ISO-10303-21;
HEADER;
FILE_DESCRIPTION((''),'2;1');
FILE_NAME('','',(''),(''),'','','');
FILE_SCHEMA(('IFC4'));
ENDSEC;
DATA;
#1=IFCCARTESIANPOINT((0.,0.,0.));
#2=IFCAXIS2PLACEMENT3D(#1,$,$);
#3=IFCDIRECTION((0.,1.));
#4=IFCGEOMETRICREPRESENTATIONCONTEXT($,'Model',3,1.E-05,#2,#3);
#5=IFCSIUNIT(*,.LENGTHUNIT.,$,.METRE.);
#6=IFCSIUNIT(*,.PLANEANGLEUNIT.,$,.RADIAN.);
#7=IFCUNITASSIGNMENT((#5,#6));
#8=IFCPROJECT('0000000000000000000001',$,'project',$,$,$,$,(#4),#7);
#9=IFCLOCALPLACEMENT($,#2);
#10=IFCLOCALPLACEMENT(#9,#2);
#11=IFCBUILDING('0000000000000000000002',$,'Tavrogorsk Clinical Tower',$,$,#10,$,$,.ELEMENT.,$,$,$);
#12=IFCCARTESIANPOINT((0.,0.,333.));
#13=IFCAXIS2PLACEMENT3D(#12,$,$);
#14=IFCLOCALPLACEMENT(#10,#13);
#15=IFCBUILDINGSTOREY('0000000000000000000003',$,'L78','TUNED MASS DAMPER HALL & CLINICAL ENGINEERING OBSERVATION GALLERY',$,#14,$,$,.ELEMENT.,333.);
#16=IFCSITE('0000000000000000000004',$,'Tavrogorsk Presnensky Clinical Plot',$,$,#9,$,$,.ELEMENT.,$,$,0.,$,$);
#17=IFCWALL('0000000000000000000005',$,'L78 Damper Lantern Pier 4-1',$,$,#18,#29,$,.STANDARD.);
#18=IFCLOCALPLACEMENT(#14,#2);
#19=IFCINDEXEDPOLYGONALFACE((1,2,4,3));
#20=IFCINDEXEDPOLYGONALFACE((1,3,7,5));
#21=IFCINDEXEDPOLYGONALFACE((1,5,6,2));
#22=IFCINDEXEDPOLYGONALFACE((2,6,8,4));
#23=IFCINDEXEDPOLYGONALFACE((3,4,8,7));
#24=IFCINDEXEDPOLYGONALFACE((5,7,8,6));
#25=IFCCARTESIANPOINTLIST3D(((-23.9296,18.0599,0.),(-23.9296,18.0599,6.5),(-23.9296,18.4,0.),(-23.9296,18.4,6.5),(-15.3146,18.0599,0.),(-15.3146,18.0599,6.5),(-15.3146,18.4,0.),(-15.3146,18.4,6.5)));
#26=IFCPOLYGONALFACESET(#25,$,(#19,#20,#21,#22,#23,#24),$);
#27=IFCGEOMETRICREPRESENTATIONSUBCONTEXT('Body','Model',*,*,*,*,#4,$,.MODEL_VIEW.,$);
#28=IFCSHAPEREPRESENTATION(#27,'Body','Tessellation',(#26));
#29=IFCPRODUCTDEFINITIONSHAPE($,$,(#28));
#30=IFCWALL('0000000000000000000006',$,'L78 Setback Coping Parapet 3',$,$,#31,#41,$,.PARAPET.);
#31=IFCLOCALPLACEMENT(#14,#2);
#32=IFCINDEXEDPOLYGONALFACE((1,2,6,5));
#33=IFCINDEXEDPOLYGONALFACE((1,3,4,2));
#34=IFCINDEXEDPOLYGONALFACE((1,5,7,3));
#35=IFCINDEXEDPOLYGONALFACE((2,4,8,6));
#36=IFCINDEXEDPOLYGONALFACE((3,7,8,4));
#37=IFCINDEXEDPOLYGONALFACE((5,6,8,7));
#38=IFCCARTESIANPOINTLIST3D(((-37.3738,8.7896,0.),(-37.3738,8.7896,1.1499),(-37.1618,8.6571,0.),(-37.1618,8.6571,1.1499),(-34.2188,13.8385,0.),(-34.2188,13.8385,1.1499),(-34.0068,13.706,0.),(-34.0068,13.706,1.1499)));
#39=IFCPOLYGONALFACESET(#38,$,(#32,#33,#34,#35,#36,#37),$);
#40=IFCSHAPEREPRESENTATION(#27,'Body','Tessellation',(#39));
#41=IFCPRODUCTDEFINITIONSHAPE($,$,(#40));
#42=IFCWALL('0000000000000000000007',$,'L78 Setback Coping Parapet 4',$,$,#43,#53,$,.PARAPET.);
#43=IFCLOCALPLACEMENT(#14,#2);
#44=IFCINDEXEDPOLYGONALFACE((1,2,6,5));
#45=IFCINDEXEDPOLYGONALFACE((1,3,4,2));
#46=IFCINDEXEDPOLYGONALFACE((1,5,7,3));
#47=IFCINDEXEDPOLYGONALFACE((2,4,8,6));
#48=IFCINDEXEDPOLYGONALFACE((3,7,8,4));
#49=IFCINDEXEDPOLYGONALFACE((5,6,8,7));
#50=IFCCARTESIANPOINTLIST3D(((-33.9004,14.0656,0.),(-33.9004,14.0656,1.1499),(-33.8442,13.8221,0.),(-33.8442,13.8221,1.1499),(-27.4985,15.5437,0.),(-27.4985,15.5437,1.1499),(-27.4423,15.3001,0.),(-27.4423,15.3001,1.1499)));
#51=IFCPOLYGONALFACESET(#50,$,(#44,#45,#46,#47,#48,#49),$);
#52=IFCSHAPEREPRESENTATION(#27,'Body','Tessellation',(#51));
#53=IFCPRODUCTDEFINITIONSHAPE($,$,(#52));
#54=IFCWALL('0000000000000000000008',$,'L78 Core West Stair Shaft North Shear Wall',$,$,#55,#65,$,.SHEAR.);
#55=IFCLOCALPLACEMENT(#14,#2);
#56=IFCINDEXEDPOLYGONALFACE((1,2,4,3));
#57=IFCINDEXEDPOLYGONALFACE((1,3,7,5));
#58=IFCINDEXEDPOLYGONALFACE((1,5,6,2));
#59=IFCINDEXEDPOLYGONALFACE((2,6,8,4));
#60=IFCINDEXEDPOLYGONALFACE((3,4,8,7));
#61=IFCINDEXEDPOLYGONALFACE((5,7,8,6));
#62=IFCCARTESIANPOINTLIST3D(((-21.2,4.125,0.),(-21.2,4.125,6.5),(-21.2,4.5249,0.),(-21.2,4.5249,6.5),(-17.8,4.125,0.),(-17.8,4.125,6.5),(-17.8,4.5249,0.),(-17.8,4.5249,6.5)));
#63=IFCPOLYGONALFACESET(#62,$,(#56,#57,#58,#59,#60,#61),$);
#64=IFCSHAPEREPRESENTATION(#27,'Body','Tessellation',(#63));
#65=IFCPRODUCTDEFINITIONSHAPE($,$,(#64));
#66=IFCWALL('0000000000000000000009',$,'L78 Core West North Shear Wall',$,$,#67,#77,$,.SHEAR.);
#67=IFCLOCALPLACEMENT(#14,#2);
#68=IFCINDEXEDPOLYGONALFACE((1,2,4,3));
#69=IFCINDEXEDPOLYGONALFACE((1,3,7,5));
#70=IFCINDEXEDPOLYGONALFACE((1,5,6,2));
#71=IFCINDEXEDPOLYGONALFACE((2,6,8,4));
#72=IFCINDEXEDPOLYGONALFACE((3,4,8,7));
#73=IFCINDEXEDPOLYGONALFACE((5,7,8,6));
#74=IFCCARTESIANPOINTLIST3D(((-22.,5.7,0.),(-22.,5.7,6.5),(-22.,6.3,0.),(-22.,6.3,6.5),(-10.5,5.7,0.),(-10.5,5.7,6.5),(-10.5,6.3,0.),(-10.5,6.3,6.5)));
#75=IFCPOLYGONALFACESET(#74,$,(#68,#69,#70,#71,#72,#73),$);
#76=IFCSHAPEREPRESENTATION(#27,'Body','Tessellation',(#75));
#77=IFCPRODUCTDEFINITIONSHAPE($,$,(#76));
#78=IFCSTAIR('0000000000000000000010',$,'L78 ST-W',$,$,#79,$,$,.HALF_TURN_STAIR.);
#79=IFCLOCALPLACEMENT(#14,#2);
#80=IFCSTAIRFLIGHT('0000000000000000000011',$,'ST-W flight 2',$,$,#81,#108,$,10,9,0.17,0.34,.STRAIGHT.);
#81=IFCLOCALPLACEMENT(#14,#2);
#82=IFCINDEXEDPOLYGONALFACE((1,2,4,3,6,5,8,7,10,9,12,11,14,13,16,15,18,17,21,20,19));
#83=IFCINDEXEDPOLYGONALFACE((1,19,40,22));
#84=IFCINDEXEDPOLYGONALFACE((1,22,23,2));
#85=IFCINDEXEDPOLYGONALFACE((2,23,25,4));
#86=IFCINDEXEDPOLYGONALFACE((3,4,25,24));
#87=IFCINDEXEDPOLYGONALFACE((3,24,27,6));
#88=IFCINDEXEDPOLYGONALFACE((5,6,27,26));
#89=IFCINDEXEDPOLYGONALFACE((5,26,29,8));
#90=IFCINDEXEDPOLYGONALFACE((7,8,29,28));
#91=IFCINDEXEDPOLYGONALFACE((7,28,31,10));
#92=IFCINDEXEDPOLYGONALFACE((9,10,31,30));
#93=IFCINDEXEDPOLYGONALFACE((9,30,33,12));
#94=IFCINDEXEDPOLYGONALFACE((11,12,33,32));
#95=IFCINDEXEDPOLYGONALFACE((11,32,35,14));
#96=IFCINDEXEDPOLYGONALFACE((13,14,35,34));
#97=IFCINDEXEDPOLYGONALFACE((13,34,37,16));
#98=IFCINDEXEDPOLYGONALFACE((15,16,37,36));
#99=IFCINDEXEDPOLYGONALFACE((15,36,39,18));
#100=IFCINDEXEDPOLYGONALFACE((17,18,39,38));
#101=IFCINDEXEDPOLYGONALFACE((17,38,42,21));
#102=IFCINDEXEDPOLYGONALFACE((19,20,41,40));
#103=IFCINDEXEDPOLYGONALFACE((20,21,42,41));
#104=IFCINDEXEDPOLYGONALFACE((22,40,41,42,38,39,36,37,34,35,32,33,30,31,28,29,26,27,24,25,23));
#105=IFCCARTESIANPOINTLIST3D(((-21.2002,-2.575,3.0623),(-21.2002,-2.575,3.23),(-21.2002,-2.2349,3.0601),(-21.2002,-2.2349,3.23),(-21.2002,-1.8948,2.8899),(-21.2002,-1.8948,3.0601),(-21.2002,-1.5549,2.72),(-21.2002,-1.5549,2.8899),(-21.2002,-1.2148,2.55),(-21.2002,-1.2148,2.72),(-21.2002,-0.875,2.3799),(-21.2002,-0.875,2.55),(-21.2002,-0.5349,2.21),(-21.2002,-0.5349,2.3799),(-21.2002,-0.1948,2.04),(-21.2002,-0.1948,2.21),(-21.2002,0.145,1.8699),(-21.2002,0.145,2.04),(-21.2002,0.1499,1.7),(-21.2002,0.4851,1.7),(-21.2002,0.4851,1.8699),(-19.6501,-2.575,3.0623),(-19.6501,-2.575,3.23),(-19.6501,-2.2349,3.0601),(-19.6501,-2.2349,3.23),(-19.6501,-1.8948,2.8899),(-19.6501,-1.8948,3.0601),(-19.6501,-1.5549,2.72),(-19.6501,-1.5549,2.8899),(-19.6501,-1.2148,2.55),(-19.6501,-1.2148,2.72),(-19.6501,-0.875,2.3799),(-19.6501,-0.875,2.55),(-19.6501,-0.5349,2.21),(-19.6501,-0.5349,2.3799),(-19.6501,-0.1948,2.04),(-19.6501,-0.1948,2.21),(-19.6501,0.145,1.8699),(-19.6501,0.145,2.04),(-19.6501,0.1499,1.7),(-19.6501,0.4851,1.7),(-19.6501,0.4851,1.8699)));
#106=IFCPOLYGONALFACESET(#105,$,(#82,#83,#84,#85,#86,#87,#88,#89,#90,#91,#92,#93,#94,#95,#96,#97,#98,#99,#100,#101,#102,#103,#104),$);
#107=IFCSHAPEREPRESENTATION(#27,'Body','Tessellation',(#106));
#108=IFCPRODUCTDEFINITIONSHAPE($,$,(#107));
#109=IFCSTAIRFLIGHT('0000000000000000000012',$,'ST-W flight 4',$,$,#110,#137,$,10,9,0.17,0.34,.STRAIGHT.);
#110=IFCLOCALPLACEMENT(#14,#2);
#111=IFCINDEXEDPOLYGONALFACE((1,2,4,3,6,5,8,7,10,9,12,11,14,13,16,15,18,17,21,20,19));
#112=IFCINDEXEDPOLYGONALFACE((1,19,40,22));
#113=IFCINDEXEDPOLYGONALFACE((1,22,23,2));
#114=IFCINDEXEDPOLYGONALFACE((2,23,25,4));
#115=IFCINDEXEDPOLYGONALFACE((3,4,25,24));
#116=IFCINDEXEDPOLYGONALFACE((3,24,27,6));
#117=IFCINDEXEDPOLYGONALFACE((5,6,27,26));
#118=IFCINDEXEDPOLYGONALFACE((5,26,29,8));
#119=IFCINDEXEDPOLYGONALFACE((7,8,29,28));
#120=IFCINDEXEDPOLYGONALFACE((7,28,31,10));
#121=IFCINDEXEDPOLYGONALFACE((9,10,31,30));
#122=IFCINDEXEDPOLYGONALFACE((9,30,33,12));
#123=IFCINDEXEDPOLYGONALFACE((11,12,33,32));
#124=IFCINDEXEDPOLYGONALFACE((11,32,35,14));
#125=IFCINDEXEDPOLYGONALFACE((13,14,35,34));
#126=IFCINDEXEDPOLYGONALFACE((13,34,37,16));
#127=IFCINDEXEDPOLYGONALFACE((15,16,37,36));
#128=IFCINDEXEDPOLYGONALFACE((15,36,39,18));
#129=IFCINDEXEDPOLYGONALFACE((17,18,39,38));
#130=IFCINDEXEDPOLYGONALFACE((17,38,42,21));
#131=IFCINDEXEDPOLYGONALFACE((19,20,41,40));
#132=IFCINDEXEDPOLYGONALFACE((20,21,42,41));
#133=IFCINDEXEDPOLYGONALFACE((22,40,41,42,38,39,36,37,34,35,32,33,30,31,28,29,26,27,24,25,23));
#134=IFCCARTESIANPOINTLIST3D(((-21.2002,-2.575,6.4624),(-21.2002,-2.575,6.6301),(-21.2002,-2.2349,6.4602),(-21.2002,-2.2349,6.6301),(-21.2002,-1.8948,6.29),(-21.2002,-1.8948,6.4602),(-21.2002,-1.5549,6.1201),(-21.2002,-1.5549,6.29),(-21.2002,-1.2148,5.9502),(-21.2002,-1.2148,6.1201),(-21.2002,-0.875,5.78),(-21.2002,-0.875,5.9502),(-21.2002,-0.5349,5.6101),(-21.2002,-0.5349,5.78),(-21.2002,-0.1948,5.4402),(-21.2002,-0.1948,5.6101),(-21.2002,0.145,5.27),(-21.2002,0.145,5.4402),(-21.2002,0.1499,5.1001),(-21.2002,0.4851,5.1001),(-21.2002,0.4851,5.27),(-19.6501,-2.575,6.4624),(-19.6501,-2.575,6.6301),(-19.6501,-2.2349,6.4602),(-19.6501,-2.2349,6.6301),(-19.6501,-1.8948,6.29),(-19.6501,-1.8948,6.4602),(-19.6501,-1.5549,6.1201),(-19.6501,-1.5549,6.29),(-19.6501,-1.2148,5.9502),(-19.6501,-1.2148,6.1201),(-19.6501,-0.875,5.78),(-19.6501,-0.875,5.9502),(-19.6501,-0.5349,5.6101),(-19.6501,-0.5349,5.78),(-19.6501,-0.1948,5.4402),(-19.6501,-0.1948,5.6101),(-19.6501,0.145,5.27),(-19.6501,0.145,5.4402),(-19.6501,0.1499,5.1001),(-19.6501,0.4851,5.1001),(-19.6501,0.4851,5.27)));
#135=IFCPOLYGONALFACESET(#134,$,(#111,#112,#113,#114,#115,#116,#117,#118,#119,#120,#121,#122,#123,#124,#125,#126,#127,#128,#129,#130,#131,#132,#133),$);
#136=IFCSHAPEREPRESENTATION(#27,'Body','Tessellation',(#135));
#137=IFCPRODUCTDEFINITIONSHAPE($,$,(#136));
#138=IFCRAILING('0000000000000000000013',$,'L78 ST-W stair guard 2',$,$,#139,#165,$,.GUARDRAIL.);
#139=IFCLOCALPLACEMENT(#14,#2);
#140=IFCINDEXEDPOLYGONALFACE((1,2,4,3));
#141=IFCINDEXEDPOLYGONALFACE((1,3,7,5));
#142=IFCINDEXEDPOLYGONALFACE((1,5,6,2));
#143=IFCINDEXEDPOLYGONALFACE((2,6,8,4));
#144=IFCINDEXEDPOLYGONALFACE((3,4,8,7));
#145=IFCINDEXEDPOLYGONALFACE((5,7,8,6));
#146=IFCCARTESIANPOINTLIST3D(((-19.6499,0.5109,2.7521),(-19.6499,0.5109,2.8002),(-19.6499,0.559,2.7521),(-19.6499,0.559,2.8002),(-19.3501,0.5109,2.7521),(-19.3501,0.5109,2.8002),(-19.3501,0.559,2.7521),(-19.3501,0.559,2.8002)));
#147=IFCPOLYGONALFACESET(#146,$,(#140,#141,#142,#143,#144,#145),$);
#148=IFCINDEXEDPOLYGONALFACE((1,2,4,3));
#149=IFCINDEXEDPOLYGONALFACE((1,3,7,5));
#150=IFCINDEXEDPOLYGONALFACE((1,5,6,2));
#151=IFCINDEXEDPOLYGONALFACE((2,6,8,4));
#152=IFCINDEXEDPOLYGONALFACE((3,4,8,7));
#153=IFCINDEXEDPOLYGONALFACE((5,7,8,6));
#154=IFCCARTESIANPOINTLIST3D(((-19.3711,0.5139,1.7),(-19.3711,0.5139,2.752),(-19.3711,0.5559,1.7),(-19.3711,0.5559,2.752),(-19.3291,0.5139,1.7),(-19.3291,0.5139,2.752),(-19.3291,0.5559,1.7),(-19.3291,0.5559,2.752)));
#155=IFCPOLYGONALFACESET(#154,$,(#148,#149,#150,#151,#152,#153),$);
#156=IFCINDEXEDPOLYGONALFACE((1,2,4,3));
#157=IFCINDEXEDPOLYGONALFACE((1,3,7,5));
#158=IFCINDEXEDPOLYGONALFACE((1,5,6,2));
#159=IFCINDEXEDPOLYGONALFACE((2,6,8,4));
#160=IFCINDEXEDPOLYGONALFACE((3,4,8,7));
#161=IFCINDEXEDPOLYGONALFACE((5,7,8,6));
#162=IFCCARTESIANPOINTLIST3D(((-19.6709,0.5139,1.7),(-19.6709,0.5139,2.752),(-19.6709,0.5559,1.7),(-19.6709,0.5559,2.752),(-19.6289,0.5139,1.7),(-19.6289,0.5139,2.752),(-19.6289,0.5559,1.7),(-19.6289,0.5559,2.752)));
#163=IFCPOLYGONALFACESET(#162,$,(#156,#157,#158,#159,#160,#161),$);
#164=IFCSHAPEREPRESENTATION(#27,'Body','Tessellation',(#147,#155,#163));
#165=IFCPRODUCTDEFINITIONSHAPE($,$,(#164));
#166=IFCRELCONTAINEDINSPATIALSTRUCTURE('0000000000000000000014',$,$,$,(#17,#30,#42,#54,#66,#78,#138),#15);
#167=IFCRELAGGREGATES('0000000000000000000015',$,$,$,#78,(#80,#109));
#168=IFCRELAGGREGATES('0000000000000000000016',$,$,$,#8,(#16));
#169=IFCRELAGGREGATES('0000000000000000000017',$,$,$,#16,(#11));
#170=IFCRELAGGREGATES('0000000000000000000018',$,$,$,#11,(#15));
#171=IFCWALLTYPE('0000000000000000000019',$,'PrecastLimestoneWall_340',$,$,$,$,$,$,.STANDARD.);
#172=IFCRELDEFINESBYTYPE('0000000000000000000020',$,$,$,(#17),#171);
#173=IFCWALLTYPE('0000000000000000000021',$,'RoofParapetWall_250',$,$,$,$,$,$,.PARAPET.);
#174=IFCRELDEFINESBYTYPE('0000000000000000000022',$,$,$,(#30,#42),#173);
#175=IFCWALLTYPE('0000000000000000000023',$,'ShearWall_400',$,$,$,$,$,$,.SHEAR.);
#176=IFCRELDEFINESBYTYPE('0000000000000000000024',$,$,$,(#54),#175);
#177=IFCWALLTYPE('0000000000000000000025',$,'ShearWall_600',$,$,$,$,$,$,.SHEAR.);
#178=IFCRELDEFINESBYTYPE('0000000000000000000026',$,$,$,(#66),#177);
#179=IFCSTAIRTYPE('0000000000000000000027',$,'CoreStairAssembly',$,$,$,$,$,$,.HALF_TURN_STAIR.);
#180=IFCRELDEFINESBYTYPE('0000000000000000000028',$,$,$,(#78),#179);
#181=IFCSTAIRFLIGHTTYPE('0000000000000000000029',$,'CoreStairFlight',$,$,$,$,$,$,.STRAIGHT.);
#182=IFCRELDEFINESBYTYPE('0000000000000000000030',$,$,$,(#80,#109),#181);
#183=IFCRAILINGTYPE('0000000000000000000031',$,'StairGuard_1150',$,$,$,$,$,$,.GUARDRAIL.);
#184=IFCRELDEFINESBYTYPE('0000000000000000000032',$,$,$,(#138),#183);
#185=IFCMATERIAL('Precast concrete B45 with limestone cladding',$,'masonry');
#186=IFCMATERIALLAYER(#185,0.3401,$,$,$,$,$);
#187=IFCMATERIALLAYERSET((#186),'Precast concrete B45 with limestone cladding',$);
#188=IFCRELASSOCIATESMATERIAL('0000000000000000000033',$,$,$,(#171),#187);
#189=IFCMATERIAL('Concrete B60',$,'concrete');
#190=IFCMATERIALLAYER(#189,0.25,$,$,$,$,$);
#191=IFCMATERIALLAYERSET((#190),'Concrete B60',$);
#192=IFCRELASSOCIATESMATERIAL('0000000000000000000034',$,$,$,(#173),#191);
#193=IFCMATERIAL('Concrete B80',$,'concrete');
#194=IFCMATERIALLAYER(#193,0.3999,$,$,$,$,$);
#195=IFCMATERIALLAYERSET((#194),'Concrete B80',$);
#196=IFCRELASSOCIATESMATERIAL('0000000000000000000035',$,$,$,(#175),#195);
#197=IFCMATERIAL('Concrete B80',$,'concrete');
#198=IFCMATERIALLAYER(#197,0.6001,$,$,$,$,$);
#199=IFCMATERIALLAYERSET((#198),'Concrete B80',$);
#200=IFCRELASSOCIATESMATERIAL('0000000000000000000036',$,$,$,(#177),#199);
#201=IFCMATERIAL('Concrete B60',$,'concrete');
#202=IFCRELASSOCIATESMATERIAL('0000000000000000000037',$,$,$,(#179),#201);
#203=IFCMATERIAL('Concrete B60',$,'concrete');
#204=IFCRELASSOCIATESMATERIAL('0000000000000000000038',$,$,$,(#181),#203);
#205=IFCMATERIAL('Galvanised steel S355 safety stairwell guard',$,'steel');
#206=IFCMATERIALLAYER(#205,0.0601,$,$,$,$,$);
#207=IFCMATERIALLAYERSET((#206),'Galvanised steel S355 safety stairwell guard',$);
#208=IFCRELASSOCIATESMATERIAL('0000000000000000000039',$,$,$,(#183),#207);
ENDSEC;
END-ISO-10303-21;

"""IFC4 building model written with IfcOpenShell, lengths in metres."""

from ifc_helpers import new_model, si_unit, direction, frame, frame_2d, origin, origin_2d, place, context, subcontext, project, spatial, polyline, rectangle, outline, extrude, material, layer, layer_set, type_object, element, aggregate, save


model = new_model("IFC4")

# Units and contexts
model_context = context("Model", 3, precision=1e-05, world=origin(), true_north=direction((0.0, 1.0)))
body_context = subcontext(model_context, "Body", "Model", "MODEL_VIEW")
ifc_project = project(units=[si_unit("LENGTHUNIT", "METRE"), si_unit("PLANEANGLEUNIT", "RADIAN")], contexts=[model_context])

# Site, building, storey
site_placement = place(None, origin())
site = spatial("IfcSite", under=ifc_project, at=site_placement, Name="Tavrogorsk Presnensky Clinical Plot", CompositionType="ELEMENT", RefElevation=0.0)
building_placement = place(site_placement, origin())
building = spatial("IfcBuilding", under=site, at=building_placement, Name="Tavrogorsk Clinical Tower", CompositionType="ELEMENT")
storey_placement = place(building_placement, frame((0.0, 0.0, 333.0)))
storey = spatial("IfcBuildingStorey", under=building, at=storey_placement, Name="L78", Description="TUNED MASS DAMPER HALL & CLINICAL ENGINEERING OBSERVATION GALLERY", CompositionType="ELEMENT", Elevation=333.0)

# Walls
ifc_material_1 = material(Name="Precast concrete B45 with limestone cladding", Category="masonry")
ifc_layer_1 = layer(ifc_material_1, 0.3401)
ifc_layer_set_1 = layer_set([ifc_layer_1], Name="Precast concrete B45 with limestone cladding")
wall_type_1 = type_object("IfcWallType", Name="PrecastLimestoneWall_340", PredefinedType="STANDARD", material=ifc_layer_set_1)
wall_1_placement = place(storey_placement, frame((-23.9297, 18.23, 0.0), z_axis=(0.0, 0.0, 1.0), x_axis=(1.0, 0.0, 0.0)))
element("IfcWall", 1, at=wall_1_placement, inside=storey, type_object=wall_type_1, Name="L78 Damper Lantern Pier 4-1", PredefinedType="STANDARD", context=body_context, shape_type="SweptSolid", body=[
    extrude(rectangle(XDim=8.615, YDim=0.3401, at=frame_2d((4.3076, 0.0))), origin(), (0.0, 0.0, 1.0), 6.5),
])
ifc_material_2 = material(Name="Concrete B60", Category="concrete")
ifc_layer_2 = layer(ifc_material_2, 0.25)
ifc_layer_set_2 = layer_set([ifc_layer_2], Name="Concrete B60")
wall_type_2 = type_object("IfcWallType", Name="RoofParapetWall_250", PredefinedType="PARAPET", material=ifc_layer_set_2)
wall_2_placement = place(storey_placement, frame((-37.2678, 8.7234, 0.0), z_axis=(0.0, 0.0, 1.0), x_axis=(0.52994, 0.848035, 0.0)))
element("IfcWall", 2, at=wall_2_placement, inside=storey, type_object=wall_type_2, Name="L78 Setback Coping Parapet 3", PredefinedType="PARAPET", context=body_context, shape_type="SweptSolid", body=[
    extrude(rectangle(XDim=5.9536, YDim=0.25, at=frame_2d((2.9768, 0.0))), origin(), (0.0, 0.0, 1.0), 1.1499),
])
wall_3_placement = place(storey_placement, frame((-33.8723, 13.9438, 0.0), z_axis=(0.0, 0.0, 1.0), x_axis=(0.974369, 0.224957, 0.0)))
element("IfcWall", 3, at=wall_3_placement, inside=storey, type_object=wall_type_2, Name="L78 Setback Coping Parapet 4", PredefinedType="PARAPET", context=body_context, shape_type="SweptSolid", body=[
    extrude(rectangle(XDim=6.5703, YDim=0.25, at=frame_2d((3.2852, 0.0))), origin(), (0.0, 0.0, 1.0), 1.1499),
])
ifc_material_3 = material(Name="Concrete B80", Category="concrete")
ifc_layer_3 = layer(ifc_material_3, 0.3999)
ifc_layer_set_3 = layer_set([ifc_layer_3], Name="Concrete B80")
wall_type_3 = type_object("IfcWallType", Name="ShearWall_400", PredefinedType="SHEAR", material=ifc_layer_set_3)
wall_4_placement = place(storey_placement, frame((-21.2, 4.325, 0.0), z_axis=(0.0, 0.0, 1.0), x_axis=(1.0, 0.0, 0.0)))
element("IfcWall", 4, at=wall_4_placement, inside=storey, type_object=wall_type_3, Name="L78 Core West Stair Shaft North Shear Wall", PredefinedType="SHEAR", context=body_context, shape_type="SweptSolid", body=[
    extrude(rectangle(XDim=3.3999, YDim=0.3999, at=frame_2d((1.7, 0.0))), origin(), (0.0, 0.0, 1.0), 6.5),
])
ifc_material_4 = material(Name="Concrete B80", Category="concrete")
ifc_layer_4 = layer(ifc_material_4, 0.6001)
ifc_layer_set_4 = layer_set([ifc_layer_4], Name="Concrete B80")
wall_type_4 = type_object("IfcWallType", Name="ShearWall_600", PredefinedType="SHEAR", material=ifc_layer_set_4)
wall_5_placement = place(storey_placement, frame((-22.0, 6.0, 0.0), z_axis=(0.0, 0.0, 1.0), x_axis=(1.0, 0.0, 0.0)))
element("IfcWall", 5, at=wall_5_placement, inside=storey, type_object=wall_type_4, Name="L78 Core West North Shear Wall", PredefinedType="SHEAR", context=body_context, shape_type="SweptSolid", body=[
    extrude(rectangle(XDim=11.5, YDim=0.6001, at=frame_2d((5.75, 0.0))), origin(), (0.0, 0.0, 1.0), 6.5),
])

# Stair, stair flights
ifc_material_5 = material(Name="Concrete B60", Category="concrete")
stair_type = type_object("IfcStairType", Name="CoreStairAssembly", PredefinedType="HALF_TURN_STAIR", material=ifc_material_5)
stair_placement = place(storey_placement, origin())
stair = element("IfcStair", 6, at=stair_placement, inside=storey, type_object=stair_type, Name="L78 ST-W", PredefinedType="HALF_TURN_STAIR")
ifc_material_6 = material(Name="Concrete B60", Category="concrete")
stair_flight_type = type_object("IfcStairFlightType", Name="CoreStairFlight", PredefinedType="STRAIGHT", material=ifc_material_6)
stair_flight_1_placement = place(storey_placement, frame((-20.425, 0.4851, 1.7), z_axis=(0.0, 0.0, 1.0), x_axis=(0.0, -1.0, 0.0)))
stair_flight_1 = element("IfcStairFlight", 7, at=stair_flight_1_placement, type_object=stair_flight_type, Name="ST-W flight 2", NumberOfRisers=10, NumberOfTreads=9, PredefinedType="STRAIGHT", RiserHeight=0.17, TreadLength=0.34, context=body_context, shape_type="SweptSolid", body=[
    extrude(outline(polyline([(0.0, 0.0), (0.0, 0.1699), (0.3401, 0.1699), (0.3401, 0.3401), (0.6799, 0.3401), (0.6799, 0.51), (1.02, 0.51), (1.02, 0.6799), (1.3601, 0.6799), (1.3601, 0.8501), (1.7, 0.8501), (1.7, 1.02), (2.04, 1.02), (2.04, 1.1899), (2.3799, 1.1899), (2.3799, 1.3601), (2.72, 1.3601), (2.72, 1.53), (3.0601, 1.53), (3.0601, 1.7), (3.0601, 1.3623), (0.3352, 0.0), (0.0, 0.0)])), frame((0.0, 0.7749, 0.0), z_axis=(0.0, -1.0, 0.0), x_axis=(1.0, 0.0, 0.0)), (0.0, 0.0, 1.0), 1.55),
])
stair_flight_2_placement = place(storey_placement, frame((-20.425, 0.4851, 5.1001), z_axis=(0.0, 0.0, 1.0), x_axis=(0.0, -1.0, 0.0)))
stair_flight_2 = element("IfcStairFlight", 8, at=stair_flight_2_placement, type_object=stair_flight_type, Name="ST-W flight 4", NumberOfRisers=10, NumberOfTreads=9, PredefinedType="STRAIGHT", RiserHeight=0.17, TreadLength=0.34, context=body_context, shape_type="SweptSolid", body=[
    extrude(outline(polyline([(0.0, 0.0), (0.0, 0.1699), (0.3401, 0.1699), (0.3401, 0.3401), (0.6799, 0.3401), (0.6799, 0.51), (1.02, 0.51), (1.02, 0.6799), (1.3601, 0.6799), (1.3601, 0.8501), (1.7, 0.8501), (1.7, 1.02), (2.04, 1.02), (2.04, 1.1899), (2.3799, 1.1899), (2.3799, 1.3601), (2.72, 1.3601), (2.72, 1.53), (3.0601, 1.53), (3.0601, 1.7), (3.0601, 1.3623), (0.3352, 0.0), (0.0, 0.0)])), frame((0.0, 0.7749, 0.0), z_axis=(0.0, -1.0, 0.0), x_axis=(1.0, 0.0, 0.0)), (0.0, 0.0, 1.0), 1.55),
])
aggregate(stair, [stair_flight_1, stair_flight_2])

# Railing
ifc_material_7 = material(Name="Galvanised steel S355 safety stairwell guard", Category="steel")
ifc_layer_5 = layer(ifc_material_7, 0.0601)
ifc_layer_set_5 = layer_set([ifc_layer_5], Name="Galvanised steel S355 safety stairwell guard")
railing_type_1 = type_object("IfcRailingType", Name="StairGuard_1150", PredefinedType="GUARDRAIL", material=ifc_layer_set_5)
railing_1_placement = place(storey_placement, frame((-19.3501, 0.5349, 1.7)))
element("IfcRailing", 9, at=railing_1_placement, inside=storey, type_object=railing_type_1, Name="L78 ST-W stair guard 2", PredefinedType="GUARDRAIL", context=body_context, shape_type="SweptSolid", body=[
    extrude(rectangle(XDim=0.0481, YDim=0.0481, at=origin_2d()), frame((0.0, 0.0, 1.0762), z_axis=(-1.0, 0.0, 0.0), x_axis=(0.0, -1.0, 0.0)), (0.0, 0.0, 1.0), 0.2998),
    extrude(rectangle(XDim=0.042, YDim=0.042, at=origin_2d()), origin(), (0.0, 0.0, 1.0), 1.052),
    extrude(rectangle(XDim=0.042, YDim=0.042, at=origin_2d()), frame((-0.2998, 0.0, 0.0)), (0.0, 0.0, 1.0), 1.052),
])

save(model, "model.ifc")
